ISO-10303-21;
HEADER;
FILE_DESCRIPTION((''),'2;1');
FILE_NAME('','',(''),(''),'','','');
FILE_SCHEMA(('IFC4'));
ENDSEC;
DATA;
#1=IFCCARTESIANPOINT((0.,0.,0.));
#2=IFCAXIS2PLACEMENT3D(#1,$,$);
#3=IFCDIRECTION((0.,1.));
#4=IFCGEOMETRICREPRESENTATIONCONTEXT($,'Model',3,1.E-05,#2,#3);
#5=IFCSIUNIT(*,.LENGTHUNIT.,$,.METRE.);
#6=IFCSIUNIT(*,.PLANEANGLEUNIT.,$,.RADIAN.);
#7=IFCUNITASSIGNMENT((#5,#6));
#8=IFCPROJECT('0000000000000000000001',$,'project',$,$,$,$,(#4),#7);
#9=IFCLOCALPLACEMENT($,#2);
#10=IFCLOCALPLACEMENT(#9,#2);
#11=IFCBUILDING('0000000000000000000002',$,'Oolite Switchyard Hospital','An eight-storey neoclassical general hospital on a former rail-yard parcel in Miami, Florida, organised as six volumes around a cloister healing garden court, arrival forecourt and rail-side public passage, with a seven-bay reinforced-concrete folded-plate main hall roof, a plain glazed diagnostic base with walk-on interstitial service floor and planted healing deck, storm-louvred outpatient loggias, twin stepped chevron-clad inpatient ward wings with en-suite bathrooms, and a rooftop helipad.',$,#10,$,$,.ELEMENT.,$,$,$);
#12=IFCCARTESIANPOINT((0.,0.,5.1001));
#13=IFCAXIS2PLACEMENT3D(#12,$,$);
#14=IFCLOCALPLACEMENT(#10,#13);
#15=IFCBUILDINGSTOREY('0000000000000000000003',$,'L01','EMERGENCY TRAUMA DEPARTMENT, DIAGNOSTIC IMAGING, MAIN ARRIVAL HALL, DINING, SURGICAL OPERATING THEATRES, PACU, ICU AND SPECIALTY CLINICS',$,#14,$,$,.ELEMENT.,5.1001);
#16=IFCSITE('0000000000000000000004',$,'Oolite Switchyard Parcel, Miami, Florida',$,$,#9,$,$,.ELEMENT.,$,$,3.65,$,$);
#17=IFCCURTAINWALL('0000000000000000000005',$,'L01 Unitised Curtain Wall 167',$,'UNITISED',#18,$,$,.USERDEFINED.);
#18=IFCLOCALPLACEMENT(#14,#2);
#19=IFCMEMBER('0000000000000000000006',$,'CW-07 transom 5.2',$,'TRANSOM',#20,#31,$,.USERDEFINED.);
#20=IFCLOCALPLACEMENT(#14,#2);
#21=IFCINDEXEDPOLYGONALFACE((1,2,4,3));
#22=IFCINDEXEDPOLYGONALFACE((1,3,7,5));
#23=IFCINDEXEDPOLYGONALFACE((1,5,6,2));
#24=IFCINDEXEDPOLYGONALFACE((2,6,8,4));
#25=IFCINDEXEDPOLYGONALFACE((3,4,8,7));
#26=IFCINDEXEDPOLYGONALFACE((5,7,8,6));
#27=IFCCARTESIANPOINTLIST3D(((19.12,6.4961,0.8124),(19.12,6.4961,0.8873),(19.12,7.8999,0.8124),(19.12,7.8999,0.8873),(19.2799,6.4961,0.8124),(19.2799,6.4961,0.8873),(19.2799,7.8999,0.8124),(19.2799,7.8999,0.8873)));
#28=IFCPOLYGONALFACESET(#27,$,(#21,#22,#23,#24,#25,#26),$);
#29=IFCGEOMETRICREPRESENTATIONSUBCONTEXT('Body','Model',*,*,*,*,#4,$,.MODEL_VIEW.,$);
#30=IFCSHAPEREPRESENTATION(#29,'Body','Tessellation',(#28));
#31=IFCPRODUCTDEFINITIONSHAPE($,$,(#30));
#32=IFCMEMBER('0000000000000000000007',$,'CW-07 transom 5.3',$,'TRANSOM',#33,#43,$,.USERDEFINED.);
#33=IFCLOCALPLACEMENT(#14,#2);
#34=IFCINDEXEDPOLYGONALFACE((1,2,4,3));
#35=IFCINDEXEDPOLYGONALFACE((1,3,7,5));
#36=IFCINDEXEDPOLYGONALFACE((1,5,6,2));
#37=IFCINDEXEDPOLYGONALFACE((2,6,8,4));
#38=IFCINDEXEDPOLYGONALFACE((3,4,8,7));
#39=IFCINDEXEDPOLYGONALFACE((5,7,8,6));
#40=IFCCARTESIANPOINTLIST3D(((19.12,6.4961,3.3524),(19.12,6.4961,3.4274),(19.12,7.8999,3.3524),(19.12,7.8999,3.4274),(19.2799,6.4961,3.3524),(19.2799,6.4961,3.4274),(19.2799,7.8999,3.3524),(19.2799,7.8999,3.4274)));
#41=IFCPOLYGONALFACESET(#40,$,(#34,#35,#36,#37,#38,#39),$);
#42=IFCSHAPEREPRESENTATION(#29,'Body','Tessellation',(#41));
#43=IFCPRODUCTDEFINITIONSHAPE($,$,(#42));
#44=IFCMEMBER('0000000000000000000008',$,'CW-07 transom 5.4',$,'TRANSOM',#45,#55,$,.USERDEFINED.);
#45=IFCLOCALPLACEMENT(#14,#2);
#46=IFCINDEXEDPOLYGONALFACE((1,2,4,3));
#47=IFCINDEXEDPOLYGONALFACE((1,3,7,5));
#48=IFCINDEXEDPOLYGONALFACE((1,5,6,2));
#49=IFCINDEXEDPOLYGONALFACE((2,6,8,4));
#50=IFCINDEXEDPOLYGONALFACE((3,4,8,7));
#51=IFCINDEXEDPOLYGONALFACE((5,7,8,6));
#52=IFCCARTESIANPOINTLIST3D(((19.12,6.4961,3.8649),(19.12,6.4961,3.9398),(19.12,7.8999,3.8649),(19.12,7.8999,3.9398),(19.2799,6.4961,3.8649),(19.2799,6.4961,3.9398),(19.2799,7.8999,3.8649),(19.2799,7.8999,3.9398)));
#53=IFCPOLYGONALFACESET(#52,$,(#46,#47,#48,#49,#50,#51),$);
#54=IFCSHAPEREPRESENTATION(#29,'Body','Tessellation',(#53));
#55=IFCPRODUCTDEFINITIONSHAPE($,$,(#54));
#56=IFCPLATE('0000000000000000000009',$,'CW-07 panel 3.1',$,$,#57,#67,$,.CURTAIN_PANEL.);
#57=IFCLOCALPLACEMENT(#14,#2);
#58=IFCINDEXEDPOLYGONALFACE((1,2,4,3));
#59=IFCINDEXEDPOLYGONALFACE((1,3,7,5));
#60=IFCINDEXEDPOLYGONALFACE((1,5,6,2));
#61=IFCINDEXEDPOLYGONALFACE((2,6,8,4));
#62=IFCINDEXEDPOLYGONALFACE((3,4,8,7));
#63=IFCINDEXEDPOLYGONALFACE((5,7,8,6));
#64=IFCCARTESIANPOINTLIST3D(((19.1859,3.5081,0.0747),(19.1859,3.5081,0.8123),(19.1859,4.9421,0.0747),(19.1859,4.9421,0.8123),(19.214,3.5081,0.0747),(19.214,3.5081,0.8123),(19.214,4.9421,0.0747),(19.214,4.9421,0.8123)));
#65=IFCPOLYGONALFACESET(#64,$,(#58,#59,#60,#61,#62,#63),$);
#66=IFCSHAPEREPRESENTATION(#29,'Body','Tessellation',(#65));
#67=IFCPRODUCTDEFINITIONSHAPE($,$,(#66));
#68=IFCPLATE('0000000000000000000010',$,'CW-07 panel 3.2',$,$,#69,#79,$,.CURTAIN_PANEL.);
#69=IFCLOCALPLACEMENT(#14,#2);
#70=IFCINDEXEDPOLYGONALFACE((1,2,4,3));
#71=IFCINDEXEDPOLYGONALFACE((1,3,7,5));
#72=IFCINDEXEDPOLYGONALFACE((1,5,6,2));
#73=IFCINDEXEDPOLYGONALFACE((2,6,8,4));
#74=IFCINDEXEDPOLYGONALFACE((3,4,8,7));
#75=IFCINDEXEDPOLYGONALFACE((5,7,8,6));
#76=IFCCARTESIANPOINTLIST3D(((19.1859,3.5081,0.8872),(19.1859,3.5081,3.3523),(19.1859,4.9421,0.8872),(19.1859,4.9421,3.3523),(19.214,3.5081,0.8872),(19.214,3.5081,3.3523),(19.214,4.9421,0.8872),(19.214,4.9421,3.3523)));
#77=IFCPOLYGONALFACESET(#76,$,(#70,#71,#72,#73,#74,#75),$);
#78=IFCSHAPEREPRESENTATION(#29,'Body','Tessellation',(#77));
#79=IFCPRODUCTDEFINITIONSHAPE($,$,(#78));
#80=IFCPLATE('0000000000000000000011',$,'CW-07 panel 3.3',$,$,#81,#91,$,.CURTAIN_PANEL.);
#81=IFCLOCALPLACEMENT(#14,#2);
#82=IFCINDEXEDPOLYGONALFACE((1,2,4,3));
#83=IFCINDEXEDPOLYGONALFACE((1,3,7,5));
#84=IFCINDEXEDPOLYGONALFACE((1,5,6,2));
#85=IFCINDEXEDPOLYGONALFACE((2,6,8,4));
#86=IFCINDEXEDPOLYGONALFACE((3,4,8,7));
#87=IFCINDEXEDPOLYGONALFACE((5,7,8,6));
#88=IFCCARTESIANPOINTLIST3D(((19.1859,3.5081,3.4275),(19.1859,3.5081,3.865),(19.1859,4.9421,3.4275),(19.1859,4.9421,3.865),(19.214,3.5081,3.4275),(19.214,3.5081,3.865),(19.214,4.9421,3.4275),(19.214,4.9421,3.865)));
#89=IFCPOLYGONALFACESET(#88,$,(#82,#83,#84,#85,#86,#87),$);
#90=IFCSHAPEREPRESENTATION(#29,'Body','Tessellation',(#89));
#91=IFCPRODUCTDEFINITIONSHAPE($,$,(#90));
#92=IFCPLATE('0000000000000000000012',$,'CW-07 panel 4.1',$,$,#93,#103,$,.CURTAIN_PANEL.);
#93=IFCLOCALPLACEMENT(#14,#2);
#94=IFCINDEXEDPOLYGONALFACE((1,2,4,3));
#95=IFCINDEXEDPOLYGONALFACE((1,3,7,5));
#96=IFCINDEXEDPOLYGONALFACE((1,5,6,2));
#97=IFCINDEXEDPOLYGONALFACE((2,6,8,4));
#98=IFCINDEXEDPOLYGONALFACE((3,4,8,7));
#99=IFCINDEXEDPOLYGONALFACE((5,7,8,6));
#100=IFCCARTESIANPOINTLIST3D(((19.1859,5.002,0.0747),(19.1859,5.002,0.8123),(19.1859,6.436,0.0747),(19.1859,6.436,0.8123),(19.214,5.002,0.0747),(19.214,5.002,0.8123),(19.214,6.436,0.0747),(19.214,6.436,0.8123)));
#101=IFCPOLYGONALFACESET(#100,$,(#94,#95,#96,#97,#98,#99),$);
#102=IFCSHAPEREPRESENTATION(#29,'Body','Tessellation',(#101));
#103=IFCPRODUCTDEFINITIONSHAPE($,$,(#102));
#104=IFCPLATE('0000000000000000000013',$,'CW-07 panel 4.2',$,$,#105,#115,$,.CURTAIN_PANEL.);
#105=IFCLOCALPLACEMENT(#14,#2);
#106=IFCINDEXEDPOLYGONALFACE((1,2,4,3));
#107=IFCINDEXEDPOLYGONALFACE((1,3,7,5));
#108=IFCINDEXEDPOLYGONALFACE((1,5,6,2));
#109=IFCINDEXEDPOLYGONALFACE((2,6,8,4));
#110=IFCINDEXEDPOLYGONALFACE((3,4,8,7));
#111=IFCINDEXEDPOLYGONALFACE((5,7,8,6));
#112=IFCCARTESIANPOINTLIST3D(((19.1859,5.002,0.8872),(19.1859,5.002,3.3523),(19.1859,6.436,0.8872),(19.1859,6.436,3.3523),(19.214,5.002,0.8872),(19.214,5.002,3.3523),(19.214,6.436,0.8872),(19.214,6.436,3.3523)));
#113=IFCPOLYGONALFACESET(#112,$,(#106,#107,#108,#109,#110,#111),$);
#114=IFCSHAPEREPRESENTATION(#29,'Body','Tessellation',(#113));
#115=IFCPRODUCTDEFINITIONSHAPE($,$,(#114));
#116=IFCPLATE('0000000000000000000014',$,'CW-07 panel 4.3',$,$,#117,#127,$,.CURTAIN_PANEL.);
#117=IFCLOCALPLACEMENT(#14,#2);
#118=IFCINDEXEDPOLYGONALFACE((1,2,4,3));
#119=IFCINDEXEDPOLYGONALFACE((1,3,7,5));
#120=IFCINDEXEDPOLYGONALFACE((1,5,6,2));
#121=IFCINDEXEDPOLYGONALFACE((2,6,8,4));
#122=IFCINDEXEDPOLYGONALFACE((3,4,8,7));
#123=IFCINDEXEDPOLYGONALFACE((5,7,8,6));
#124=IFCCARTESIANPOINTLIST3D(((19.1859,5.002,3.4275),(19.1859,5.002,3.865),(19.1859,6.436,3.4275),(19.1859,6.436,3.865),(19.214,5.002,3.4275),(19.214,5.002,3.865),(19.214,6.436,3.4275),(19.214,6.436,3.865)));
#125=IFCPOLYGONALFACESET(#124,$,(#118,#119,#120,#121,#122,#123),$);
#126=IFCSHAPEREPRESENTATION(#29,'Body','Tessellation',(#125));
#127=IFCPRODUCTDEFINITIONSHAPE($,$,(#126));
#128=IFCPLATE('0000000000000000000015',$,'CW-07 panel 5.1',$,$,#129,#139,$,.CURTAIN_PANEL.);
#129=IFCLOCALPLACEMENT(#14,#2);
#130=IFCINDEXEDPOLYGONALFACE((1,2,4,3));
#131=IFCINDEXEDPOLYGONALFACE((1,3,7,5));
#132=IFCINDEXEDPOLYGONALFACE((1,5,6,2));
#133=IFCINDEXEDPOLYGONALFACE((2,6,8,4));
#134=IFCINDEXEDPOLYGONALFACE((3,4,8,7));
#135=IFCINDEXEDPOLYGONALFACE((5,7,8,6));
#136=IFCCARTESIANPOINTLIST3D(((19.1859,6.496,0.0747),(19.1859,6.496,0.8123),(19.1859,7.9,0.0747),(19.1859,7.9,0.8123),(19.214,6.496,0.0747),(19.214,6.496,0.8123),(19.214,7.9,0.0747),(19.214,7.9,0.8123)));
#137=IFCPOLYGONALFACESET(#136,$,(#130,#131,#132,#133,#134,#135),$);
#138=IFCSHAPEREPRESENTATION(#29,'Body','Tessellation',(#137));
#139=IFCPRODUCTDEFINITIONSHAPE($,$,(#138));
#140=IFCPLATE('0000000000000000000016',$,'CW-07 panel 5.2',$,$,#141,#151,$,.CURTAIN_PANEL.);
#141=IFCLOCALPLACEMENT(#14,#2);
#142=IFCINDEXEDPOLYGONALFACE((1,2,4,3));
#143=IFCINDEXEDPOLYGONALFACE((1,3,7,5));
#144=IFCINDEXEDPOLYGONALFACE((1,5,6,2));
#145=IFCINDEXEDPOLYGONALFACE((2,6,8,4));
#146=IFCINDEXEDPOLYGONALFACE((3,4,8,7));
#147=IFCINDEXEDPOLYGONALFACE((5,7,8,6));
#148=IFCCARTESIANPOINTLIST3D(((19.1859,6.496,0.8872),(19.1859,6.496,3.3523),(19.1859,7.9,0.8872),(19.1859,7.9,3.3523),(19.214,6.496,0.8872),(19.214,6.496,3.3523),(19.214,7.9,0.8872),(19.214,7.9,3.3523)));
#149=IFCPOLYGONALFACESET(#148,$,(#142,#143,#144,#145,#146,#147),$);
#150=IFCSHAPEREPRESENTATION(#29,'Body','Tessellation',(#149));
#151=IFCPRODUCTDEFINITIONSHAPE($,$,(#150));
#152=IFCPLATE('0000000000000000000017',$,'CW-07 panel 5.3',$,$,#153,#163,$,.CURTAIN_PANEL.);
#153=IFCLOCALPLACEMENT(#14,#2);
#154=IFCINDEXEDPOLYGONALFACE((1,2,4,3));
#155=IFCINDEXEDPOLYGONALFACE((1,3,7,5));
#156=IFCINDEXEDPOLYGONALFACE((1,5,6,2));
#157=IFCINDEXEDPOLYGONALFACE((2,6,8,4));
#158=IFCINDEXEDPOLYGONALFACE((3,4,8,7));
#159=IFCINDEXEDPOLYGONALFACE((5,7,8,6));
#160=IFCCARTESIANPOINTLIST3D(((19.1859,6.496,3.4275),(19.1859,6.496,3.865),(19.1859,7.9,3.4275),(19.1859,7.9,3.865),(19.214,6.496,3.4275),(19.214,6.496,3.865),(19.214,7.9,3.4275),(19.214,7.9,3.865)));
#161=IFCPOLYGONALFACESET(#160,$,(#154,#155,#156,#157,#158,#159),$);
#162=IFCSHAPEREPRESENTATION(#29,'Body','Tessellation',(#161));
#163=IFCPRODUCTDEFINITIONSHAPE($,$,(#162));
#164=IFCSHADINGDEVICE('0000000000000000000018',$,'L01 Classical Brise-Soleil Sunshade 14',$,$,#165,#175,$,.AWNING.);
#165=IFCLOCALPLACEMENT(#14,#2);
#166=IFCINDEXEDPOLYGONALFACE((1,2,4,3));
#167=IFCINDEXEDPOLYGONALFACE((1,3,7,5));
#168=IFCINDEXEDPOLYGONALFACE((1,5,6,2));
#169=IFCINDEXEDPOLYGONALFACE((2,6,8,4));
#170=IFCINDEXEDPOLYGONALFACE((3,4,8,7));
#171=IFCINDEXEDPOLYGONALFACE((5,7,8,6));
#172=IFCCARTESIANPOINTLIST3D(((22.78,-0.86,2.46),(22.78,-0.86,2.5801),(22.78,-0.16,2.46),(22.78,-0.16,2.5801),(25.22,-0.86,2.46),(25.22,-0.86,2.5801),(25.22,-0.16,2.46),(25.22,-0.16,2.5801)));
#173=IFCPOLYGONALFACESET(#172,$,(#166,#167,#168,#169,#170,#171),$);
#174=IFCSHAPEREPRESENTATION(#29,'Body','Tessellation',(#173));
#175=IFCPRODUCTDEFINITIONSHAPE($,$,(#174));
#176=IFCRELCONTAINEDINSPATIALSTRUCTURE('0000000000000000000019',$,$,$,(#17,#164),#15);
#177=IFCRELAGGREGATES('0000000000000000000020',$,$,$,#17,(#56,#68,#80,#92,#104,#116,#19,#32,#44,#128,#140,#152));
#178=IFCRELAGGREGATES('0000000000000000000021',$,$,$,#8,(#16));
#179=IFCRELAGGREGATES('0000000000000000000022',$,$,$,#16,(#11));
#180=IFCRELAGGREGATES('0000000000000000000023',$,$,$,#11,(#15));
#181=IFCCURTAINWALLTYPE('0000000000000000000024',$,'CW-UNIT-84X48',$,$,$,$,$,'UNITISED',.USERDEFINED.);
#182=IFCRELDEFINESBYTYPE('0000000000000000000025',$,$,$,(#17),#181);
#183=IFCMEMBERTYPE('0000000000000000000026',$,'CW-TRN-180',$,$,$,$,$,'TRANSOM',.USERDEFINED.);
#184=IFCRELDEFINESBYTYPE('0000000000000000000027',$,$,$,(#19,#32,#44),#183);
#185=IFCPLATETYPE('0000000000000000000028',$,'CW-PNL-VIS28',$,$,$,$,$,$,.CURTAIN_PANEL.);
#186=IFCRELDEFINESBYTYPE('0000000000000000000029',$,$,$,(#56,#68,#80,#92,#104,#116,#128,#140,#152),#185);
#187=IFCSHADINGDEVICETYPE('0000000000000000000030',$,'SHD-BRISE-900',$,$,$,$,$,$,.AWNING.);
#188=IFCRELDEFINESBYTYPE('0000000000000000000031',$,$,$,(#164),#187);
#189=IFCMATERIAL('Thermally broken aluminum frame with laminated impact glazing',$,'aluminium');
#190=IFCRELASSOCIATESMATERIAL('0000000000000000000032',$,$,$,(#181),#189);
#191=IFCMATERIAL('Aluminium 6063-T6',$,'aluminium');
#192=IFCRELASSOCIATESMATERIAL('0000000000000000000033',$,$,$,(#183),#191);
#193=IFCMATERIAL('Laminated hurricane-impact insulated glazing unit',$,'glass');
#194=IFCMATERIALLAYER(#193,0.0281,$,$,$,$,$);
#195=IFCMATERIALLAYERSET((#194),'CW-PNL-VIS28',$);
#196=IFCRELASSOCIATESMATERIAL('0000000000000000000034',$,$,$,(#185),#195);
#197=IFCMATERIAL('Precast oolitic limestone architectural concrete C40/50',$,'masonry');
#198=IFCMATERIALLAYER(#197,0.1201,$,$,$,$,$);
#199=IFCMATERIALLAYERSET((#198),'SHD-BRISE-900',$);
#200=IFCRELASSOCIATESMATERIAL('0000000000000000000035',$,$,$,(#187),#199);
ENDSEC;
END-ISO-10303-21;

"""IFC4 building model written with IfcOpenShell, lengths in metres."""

from ifc_helpers import new_model, si_unit, direction, frame, origin, origin_2d, place, context, subcontext, project, spatial, rectangle, extrude, material, layer, layer_set, material_profile, profile_set, type_object, element, aggregate, save


model = new_model("IFC4")

# Units and contexts
model_context = context("Model", 3, precision=1e-05, world=origin(), true_north=direction((0.0, 1.0)))
body_context = subcontext(model_context, "Body", "Model", "MODEL_VIEW")
ifc_project = project(units=[si_unit("LENGTHUNIT", "METRE"), si_unit("PLANEANGLEUNIT", "RADIAN")], contexts=[model_context])

# Site, building, storey
site_placement = place(None, origin())
site = spatial("IfcSite", under=ifc_project, at=site_placement, Name="Oolite Switchyard Parcel, Miami, Florida", CompositionType="ELEMENT", RefElevation=3.65)
building_placement = place(site_placement, origin())
building = spatial("IfcBuilding", under=site, at=building_placement, Name="Oolite Switchyard Hospital", Description="An eight-storey neoclassical general hospital on a former rail-yard parcel in Miami, Florida, organised as six volumes around a cloister healing garden court, arrival forecourt and rail-side public passage, with a seven-bay reinforced-concrete folded-plate main hall roof, a plain glazed diagnostic base with walk-on interstitial service floor and planted healing deck, storm-louvred outpatient loggias, twin stepped chevron-clad inpatient ward wings with en-suite bathrooms, and a rooftop helipad.", CompositionType="ELEMENT")
storey_placement = place(building_placement, frame((0.0, 0.0, 5.1001)))
storey = spatial("IfcBuildingStorey", under=building, at=storey_placement, Name="L01", Description="EMERGENCY TRAUMA DEPARTMENT, DIAGNOSTIC IMAGING, MAIN ARRIVAL HALL, DINING, SURGICAL OPERATING THEATRES, PACU, ICU AND SPECIALTY CLINICS", CompositionType="ELEMENT", Elevation=5.1001)

# Curtain wall, members, plates
ifc_material_1 = material(Name="Thermally broken aluminum frame with laminated impact glazing", Category="aluminium")
curtain_wall_type = type_object("IfcCurtainWallType", Name="CW-UNIT-84X48", ElementType="UNITISED", PredefinedType="USERDEFINED", material=ifc_material_1)
curtain_wall_placement = place(storey_placement, origin())
curtain_wall = element("IfcCurtainWall", 1, at=curtain_wall_placement, inside=storey, type_object=curtain_wall_type, Name="L01 Unitised Curtain Wall 167", ObjectType="UNITISED", PredefinedType="USERDEFINED")
ifc_material_2 = material(Name="Aluminium 6063-T6", Category="aluminium")
ifc_material_profile_1 = material_profile(ifc_material_2, rectangle(XDim=0.1599, YDim=0.075, at=origin_2d()), Name="CWT75X160")
ifc_profile_set_1 = profile_set([ifc_material_profile_1], Name="Aluminium 6063-T6")
member_type_1 = type_object("IfcMemberType", Name="CW-TRN-180", ElementType="TRANSOM", PredefinedType="USERDEFINED", material=ifc_profile_set_1)
member_1_placement = place(storey_placement, frame((19.2, 6.4961, 0.8499), z_axis=(0.0, 1.0, 0.0), x_axis=(-1.0, 0.0, 0.0)))
member_1 = element("IfcMember", 2, at=member_1_placement, type_object=member_type_1, Name="CW-07 transom 5.2", ObjectType="TRANSOM", PredefinedType="USERDEFINED", context=body_context, shape_type="SweptSolid", body=[
    extrude(rectangle(XDim=0.1599, YDim=0.075, at=origin_2d()), origin(), (0.0, 0.0, 1.0), 1.4038),
])
member_2_placement = place(storey_placement, frame((19.2, 6.4961, 3.3899), z_axis=(0.0, 1.0, 0.0), x_axis=(-1.0, 0.0, 0.0)))
member_2 = element("IfcMember", 3, at=member_2_placement, type_object=member_type_1, Name="CW-07 transom 5.3", ObjectType="TRANSOM", PredefinedType="USERDEFINED", context=body_context, shape_type="SweptSolid", body=[
    extrude(rectangle(XDim=0.1599, YDim=0.075, at=origin_2d()), origin(), (0.0, 0.0, 1.0), 1.4038),
])
member_3_placement = place(storey_placement, frame((19.2, 6.4961, 3.9023), z_axis=(0.0, 1.0, 0.0), x_axis=(-1.0, 0.0, 0.0)))
member_3 = element("IfcMember", 4, at=member_3_placement, type_object=member_type_1, Name="CW-07 transom 5.4", ObjectType="TRANSOM", PredefinedType="USERDEFINED", context=body_context, shape_type="SweptSolid", body=[
    extrude(rectangle(XDim=0.1599, YDim=0.075, at=origin_2d()), origin(), (0.0, 0.0, 1.0), 1.4038),
])
ifc_material_3 = material(Name="Laminated hurricane-impact insulated glazing unit", Category="glass")
ifc_layer_1 = layer(ifc_material_3, 0.0281)
ifc_layer_set_1 = layer_set([ifc_layer_1], Name="CW-PNL-VIS28")
plate_type = type_object("IfcPlateType", Name="CW-PNL-VIS28", PredefinedType="CURTAIN_PANEL", material=ifc_layer_set_1)
plate_1_placement = place(storey_placement, frame((19.2, 4.2251, 0.0747), z_axis=(0.0, 0.0, 1.0), x_axis=(0.0, 1.0, 0.0)))
plate_1 = element("IfcPlate", 5, at=plate_1_placement, type_object=plate_type, Name="CW-07 panel 3.1", PredefinedType="CURTAIN_PANEL", context=body_context, shape_type="SweptSolid", body=[
    extrude(rectangle(XDim=1.4341, YDim=0.0281, at=origin_2d()), origin(), (0.0, 0.0, 1.0), 0.7375),
])
plate_2_placement = place(storey_placement, frame((19.2, 4.2251, 0.8872), z_axis=(0.0, 0.0, 1.0), x_axis=(0.0, 1.0, 0.0)))
plate_2 = element("IfcPlate", 6, at=plate_2_placement, type_object=plate_type, Name="CW-07 panel 3.2", PredefinedType="CURTAIN_PANEL", context=body_context, shape_type="SweptSolid", body=[
    extrude(rectangle(XDim=1.4341, YDim=0.0281, at=origin_2d()), origin(), (0.0, 0.0, 1.0), 2.4651),
])
plate_3_placement = place(storey_placement, frame((19.2, 4.2251, 3.4275), z_axis=(0.0, 0.0, 1.0), x_axis=(0.0, 1.0, 0.0)))
plate_3 = element("IfcPlate", 7, at=plate_3_placement, type_object=plate_type, Name="CW-07 panel 3.3", PredefinedType="CURTAIN_PANEL", context=body_context, shape_type="SweptSolid", body=[
    extrude(rectangle(XDim=1.4341, YDim=0.0281, at=origin_2d()), origin(), (0.0, 0.0, 1.0), 0.4375),
])
plate_4_placement = place(storey_placement, frame((19.2, 5.719, 0.0747), z_axis=(0.0, 0.0, 1.0), x_axis=(0.0, 1.0, 0.0)))
plate_4 = element("IfcPlate", 8, at=plate_4_placement, type_object=plate_type, Name="CW-07 panel 4.1", PredefinedType="CURTAIN_PANEL", context=body_context, shape_type="SweptSolid", body=[
    extrude(rectangle(XDim=1.4341, YDim=0.0281, at=origin_2d()), origin(), (0.0, 0.0, 1.0), 0.7375),
])
plate_5_placement = place(storey_placement, frame((19.2, 5.719, 0.8872), z_axis=(0.0, 0.0, 1.0), x_axis=(0.0, 1.0, 0.0)))
plate_5 = element("IfcPlate", 9, at=plate_5_placement, type_object=plate_type, Name="CW-07 panel 4.2", PredefinedType="CURTAIN_PANEL", context=body_context, shape_type="SweptSolid", body=[
    extrude(rectangle(XDim=1.4341, YDim=0.0281, at=origin_2d()), origin(), (0.0, 0.0, 1.0), 2.4651),
])
plate_6_placement = place(storey_placement, frame((19.2, 5.719, 3.4275), z_axis=(0.0, 0.0, 1.0), x_axis=(0.0, 1.0, 0.0)))
plate_6 = element("IfcPlate", 10, at=plate_6_placement, type_object=plate_type, Name="CW-07 panel 4.3", PredefinedType="CURTAIN_PANEL", context=body_context, shape_type="SweptSolid", body=[
    extrude(rectangle(XDim=1.4341, YDim=0.0281, at=origin_2d()), origin(), (0.0, 0.0, 1.0), 0.4375),
])
plate_7_placement = place(storey_placement, frame((19.2, 7.198, 0.0747), z_axis=(0.0, 0.0, 1.0), x_axis=(0.0, 1.0, 0.0)))
plate_7 = element("IfcPlate", 11, at=plate_7_placement, type_object=plate_type, Name="CW-07 panel 5.1", PredefinedType="CURTAIN_PANEL", context=body_context, shape_type="SweptSolid", body=[
    extrude(rectangle(XDim=1.4041, YDim=0.0281, at=origin_2d()), origin(), (0.0, 0.0, 1.0), 0.7375),
])
plate_8_placement = place(storey_placement, frame((19.2, 7.198, 0.8872), z_axis=(0.0, 0.0, 1.0), x_axis=(0.0, 1.0, 0.0)))
plate_8 = element("IfcPlate", 12, at=plate_8_placement, type_object=plate_type, Name="CW-07 panel 5.2", PredefinedType="CURTAIN_PANEL", context=body_context, shape_type="SweptSolid", body=[
    extrude(rectangle(XDim=1.4041, YDim=0.0281, at=origin_2d()), origin(), (0.0, 0.0, 1.0), 2.4651),
])
plate_9_placement = place(storey_placement, frame((19.2, 7.198, 3.4275), z_axis=(0.0, 0.0, 1.0), x_axis=(0.0, 1.0, 0.0)))
plate_9 = element("IfcPlate", 13, at=plate_9_placement, type_object=plate_type, Name="CW-07 panel 5.3", PredefinedType="CURTAIN_PANEL", context=body_context, shape_type="SweptSolid", body=[
    extrude(rectangle(XDim=1.4041, YDim=0.0281, at=origin_2d()), origin(), (0.0, 0.0, 1.0), 0.4375),
])
aggregate(curtain_wall, [plate_1, plate_2, plate_3, plate_4, plate_5, plate_6, member_1, member_2, member_3, plate_7, plate_8, plate_9])

# Shading device
ifc_material_4 = material(Name="Precast oolitic limestone architectural concrete C40/50", Category="masonry")
ifc_layer_2 = layer(ifc_material_4, 0.1201)
ifc_layer_set_2 = layer_set([ifc_layer_2], Name="SHD-BRISE-900")
shading_device_type = type_object("IfcShadingDeviceType", Name="SHD-BRISE-900", PredefinedType="AWNING", material=ifc_layer_set_2)
shading_device_placement = place(storey_placement, frame((24.0, -0.51, 2.46), z_axis=(0.0, 0.0, 1.0), x_axis=(1.0, 0.0, 0.0)))
element("IfcShadingDevice", 14, at=shading_device_placement, inside=storey, type_object=shading_device_type, Name="L01 Classical Brise-Soleil Sunshade 14", PredefinedType="AWNING", context=body_context, shape_type="SweptSolid", body=[
    extrude(rectangle(XDim=2.4399, YDim=0.7, at=origin_2d()), origin(), (0.0, 0.0, 1.0), 0.1201),
])

save(model, "model.ifc")
